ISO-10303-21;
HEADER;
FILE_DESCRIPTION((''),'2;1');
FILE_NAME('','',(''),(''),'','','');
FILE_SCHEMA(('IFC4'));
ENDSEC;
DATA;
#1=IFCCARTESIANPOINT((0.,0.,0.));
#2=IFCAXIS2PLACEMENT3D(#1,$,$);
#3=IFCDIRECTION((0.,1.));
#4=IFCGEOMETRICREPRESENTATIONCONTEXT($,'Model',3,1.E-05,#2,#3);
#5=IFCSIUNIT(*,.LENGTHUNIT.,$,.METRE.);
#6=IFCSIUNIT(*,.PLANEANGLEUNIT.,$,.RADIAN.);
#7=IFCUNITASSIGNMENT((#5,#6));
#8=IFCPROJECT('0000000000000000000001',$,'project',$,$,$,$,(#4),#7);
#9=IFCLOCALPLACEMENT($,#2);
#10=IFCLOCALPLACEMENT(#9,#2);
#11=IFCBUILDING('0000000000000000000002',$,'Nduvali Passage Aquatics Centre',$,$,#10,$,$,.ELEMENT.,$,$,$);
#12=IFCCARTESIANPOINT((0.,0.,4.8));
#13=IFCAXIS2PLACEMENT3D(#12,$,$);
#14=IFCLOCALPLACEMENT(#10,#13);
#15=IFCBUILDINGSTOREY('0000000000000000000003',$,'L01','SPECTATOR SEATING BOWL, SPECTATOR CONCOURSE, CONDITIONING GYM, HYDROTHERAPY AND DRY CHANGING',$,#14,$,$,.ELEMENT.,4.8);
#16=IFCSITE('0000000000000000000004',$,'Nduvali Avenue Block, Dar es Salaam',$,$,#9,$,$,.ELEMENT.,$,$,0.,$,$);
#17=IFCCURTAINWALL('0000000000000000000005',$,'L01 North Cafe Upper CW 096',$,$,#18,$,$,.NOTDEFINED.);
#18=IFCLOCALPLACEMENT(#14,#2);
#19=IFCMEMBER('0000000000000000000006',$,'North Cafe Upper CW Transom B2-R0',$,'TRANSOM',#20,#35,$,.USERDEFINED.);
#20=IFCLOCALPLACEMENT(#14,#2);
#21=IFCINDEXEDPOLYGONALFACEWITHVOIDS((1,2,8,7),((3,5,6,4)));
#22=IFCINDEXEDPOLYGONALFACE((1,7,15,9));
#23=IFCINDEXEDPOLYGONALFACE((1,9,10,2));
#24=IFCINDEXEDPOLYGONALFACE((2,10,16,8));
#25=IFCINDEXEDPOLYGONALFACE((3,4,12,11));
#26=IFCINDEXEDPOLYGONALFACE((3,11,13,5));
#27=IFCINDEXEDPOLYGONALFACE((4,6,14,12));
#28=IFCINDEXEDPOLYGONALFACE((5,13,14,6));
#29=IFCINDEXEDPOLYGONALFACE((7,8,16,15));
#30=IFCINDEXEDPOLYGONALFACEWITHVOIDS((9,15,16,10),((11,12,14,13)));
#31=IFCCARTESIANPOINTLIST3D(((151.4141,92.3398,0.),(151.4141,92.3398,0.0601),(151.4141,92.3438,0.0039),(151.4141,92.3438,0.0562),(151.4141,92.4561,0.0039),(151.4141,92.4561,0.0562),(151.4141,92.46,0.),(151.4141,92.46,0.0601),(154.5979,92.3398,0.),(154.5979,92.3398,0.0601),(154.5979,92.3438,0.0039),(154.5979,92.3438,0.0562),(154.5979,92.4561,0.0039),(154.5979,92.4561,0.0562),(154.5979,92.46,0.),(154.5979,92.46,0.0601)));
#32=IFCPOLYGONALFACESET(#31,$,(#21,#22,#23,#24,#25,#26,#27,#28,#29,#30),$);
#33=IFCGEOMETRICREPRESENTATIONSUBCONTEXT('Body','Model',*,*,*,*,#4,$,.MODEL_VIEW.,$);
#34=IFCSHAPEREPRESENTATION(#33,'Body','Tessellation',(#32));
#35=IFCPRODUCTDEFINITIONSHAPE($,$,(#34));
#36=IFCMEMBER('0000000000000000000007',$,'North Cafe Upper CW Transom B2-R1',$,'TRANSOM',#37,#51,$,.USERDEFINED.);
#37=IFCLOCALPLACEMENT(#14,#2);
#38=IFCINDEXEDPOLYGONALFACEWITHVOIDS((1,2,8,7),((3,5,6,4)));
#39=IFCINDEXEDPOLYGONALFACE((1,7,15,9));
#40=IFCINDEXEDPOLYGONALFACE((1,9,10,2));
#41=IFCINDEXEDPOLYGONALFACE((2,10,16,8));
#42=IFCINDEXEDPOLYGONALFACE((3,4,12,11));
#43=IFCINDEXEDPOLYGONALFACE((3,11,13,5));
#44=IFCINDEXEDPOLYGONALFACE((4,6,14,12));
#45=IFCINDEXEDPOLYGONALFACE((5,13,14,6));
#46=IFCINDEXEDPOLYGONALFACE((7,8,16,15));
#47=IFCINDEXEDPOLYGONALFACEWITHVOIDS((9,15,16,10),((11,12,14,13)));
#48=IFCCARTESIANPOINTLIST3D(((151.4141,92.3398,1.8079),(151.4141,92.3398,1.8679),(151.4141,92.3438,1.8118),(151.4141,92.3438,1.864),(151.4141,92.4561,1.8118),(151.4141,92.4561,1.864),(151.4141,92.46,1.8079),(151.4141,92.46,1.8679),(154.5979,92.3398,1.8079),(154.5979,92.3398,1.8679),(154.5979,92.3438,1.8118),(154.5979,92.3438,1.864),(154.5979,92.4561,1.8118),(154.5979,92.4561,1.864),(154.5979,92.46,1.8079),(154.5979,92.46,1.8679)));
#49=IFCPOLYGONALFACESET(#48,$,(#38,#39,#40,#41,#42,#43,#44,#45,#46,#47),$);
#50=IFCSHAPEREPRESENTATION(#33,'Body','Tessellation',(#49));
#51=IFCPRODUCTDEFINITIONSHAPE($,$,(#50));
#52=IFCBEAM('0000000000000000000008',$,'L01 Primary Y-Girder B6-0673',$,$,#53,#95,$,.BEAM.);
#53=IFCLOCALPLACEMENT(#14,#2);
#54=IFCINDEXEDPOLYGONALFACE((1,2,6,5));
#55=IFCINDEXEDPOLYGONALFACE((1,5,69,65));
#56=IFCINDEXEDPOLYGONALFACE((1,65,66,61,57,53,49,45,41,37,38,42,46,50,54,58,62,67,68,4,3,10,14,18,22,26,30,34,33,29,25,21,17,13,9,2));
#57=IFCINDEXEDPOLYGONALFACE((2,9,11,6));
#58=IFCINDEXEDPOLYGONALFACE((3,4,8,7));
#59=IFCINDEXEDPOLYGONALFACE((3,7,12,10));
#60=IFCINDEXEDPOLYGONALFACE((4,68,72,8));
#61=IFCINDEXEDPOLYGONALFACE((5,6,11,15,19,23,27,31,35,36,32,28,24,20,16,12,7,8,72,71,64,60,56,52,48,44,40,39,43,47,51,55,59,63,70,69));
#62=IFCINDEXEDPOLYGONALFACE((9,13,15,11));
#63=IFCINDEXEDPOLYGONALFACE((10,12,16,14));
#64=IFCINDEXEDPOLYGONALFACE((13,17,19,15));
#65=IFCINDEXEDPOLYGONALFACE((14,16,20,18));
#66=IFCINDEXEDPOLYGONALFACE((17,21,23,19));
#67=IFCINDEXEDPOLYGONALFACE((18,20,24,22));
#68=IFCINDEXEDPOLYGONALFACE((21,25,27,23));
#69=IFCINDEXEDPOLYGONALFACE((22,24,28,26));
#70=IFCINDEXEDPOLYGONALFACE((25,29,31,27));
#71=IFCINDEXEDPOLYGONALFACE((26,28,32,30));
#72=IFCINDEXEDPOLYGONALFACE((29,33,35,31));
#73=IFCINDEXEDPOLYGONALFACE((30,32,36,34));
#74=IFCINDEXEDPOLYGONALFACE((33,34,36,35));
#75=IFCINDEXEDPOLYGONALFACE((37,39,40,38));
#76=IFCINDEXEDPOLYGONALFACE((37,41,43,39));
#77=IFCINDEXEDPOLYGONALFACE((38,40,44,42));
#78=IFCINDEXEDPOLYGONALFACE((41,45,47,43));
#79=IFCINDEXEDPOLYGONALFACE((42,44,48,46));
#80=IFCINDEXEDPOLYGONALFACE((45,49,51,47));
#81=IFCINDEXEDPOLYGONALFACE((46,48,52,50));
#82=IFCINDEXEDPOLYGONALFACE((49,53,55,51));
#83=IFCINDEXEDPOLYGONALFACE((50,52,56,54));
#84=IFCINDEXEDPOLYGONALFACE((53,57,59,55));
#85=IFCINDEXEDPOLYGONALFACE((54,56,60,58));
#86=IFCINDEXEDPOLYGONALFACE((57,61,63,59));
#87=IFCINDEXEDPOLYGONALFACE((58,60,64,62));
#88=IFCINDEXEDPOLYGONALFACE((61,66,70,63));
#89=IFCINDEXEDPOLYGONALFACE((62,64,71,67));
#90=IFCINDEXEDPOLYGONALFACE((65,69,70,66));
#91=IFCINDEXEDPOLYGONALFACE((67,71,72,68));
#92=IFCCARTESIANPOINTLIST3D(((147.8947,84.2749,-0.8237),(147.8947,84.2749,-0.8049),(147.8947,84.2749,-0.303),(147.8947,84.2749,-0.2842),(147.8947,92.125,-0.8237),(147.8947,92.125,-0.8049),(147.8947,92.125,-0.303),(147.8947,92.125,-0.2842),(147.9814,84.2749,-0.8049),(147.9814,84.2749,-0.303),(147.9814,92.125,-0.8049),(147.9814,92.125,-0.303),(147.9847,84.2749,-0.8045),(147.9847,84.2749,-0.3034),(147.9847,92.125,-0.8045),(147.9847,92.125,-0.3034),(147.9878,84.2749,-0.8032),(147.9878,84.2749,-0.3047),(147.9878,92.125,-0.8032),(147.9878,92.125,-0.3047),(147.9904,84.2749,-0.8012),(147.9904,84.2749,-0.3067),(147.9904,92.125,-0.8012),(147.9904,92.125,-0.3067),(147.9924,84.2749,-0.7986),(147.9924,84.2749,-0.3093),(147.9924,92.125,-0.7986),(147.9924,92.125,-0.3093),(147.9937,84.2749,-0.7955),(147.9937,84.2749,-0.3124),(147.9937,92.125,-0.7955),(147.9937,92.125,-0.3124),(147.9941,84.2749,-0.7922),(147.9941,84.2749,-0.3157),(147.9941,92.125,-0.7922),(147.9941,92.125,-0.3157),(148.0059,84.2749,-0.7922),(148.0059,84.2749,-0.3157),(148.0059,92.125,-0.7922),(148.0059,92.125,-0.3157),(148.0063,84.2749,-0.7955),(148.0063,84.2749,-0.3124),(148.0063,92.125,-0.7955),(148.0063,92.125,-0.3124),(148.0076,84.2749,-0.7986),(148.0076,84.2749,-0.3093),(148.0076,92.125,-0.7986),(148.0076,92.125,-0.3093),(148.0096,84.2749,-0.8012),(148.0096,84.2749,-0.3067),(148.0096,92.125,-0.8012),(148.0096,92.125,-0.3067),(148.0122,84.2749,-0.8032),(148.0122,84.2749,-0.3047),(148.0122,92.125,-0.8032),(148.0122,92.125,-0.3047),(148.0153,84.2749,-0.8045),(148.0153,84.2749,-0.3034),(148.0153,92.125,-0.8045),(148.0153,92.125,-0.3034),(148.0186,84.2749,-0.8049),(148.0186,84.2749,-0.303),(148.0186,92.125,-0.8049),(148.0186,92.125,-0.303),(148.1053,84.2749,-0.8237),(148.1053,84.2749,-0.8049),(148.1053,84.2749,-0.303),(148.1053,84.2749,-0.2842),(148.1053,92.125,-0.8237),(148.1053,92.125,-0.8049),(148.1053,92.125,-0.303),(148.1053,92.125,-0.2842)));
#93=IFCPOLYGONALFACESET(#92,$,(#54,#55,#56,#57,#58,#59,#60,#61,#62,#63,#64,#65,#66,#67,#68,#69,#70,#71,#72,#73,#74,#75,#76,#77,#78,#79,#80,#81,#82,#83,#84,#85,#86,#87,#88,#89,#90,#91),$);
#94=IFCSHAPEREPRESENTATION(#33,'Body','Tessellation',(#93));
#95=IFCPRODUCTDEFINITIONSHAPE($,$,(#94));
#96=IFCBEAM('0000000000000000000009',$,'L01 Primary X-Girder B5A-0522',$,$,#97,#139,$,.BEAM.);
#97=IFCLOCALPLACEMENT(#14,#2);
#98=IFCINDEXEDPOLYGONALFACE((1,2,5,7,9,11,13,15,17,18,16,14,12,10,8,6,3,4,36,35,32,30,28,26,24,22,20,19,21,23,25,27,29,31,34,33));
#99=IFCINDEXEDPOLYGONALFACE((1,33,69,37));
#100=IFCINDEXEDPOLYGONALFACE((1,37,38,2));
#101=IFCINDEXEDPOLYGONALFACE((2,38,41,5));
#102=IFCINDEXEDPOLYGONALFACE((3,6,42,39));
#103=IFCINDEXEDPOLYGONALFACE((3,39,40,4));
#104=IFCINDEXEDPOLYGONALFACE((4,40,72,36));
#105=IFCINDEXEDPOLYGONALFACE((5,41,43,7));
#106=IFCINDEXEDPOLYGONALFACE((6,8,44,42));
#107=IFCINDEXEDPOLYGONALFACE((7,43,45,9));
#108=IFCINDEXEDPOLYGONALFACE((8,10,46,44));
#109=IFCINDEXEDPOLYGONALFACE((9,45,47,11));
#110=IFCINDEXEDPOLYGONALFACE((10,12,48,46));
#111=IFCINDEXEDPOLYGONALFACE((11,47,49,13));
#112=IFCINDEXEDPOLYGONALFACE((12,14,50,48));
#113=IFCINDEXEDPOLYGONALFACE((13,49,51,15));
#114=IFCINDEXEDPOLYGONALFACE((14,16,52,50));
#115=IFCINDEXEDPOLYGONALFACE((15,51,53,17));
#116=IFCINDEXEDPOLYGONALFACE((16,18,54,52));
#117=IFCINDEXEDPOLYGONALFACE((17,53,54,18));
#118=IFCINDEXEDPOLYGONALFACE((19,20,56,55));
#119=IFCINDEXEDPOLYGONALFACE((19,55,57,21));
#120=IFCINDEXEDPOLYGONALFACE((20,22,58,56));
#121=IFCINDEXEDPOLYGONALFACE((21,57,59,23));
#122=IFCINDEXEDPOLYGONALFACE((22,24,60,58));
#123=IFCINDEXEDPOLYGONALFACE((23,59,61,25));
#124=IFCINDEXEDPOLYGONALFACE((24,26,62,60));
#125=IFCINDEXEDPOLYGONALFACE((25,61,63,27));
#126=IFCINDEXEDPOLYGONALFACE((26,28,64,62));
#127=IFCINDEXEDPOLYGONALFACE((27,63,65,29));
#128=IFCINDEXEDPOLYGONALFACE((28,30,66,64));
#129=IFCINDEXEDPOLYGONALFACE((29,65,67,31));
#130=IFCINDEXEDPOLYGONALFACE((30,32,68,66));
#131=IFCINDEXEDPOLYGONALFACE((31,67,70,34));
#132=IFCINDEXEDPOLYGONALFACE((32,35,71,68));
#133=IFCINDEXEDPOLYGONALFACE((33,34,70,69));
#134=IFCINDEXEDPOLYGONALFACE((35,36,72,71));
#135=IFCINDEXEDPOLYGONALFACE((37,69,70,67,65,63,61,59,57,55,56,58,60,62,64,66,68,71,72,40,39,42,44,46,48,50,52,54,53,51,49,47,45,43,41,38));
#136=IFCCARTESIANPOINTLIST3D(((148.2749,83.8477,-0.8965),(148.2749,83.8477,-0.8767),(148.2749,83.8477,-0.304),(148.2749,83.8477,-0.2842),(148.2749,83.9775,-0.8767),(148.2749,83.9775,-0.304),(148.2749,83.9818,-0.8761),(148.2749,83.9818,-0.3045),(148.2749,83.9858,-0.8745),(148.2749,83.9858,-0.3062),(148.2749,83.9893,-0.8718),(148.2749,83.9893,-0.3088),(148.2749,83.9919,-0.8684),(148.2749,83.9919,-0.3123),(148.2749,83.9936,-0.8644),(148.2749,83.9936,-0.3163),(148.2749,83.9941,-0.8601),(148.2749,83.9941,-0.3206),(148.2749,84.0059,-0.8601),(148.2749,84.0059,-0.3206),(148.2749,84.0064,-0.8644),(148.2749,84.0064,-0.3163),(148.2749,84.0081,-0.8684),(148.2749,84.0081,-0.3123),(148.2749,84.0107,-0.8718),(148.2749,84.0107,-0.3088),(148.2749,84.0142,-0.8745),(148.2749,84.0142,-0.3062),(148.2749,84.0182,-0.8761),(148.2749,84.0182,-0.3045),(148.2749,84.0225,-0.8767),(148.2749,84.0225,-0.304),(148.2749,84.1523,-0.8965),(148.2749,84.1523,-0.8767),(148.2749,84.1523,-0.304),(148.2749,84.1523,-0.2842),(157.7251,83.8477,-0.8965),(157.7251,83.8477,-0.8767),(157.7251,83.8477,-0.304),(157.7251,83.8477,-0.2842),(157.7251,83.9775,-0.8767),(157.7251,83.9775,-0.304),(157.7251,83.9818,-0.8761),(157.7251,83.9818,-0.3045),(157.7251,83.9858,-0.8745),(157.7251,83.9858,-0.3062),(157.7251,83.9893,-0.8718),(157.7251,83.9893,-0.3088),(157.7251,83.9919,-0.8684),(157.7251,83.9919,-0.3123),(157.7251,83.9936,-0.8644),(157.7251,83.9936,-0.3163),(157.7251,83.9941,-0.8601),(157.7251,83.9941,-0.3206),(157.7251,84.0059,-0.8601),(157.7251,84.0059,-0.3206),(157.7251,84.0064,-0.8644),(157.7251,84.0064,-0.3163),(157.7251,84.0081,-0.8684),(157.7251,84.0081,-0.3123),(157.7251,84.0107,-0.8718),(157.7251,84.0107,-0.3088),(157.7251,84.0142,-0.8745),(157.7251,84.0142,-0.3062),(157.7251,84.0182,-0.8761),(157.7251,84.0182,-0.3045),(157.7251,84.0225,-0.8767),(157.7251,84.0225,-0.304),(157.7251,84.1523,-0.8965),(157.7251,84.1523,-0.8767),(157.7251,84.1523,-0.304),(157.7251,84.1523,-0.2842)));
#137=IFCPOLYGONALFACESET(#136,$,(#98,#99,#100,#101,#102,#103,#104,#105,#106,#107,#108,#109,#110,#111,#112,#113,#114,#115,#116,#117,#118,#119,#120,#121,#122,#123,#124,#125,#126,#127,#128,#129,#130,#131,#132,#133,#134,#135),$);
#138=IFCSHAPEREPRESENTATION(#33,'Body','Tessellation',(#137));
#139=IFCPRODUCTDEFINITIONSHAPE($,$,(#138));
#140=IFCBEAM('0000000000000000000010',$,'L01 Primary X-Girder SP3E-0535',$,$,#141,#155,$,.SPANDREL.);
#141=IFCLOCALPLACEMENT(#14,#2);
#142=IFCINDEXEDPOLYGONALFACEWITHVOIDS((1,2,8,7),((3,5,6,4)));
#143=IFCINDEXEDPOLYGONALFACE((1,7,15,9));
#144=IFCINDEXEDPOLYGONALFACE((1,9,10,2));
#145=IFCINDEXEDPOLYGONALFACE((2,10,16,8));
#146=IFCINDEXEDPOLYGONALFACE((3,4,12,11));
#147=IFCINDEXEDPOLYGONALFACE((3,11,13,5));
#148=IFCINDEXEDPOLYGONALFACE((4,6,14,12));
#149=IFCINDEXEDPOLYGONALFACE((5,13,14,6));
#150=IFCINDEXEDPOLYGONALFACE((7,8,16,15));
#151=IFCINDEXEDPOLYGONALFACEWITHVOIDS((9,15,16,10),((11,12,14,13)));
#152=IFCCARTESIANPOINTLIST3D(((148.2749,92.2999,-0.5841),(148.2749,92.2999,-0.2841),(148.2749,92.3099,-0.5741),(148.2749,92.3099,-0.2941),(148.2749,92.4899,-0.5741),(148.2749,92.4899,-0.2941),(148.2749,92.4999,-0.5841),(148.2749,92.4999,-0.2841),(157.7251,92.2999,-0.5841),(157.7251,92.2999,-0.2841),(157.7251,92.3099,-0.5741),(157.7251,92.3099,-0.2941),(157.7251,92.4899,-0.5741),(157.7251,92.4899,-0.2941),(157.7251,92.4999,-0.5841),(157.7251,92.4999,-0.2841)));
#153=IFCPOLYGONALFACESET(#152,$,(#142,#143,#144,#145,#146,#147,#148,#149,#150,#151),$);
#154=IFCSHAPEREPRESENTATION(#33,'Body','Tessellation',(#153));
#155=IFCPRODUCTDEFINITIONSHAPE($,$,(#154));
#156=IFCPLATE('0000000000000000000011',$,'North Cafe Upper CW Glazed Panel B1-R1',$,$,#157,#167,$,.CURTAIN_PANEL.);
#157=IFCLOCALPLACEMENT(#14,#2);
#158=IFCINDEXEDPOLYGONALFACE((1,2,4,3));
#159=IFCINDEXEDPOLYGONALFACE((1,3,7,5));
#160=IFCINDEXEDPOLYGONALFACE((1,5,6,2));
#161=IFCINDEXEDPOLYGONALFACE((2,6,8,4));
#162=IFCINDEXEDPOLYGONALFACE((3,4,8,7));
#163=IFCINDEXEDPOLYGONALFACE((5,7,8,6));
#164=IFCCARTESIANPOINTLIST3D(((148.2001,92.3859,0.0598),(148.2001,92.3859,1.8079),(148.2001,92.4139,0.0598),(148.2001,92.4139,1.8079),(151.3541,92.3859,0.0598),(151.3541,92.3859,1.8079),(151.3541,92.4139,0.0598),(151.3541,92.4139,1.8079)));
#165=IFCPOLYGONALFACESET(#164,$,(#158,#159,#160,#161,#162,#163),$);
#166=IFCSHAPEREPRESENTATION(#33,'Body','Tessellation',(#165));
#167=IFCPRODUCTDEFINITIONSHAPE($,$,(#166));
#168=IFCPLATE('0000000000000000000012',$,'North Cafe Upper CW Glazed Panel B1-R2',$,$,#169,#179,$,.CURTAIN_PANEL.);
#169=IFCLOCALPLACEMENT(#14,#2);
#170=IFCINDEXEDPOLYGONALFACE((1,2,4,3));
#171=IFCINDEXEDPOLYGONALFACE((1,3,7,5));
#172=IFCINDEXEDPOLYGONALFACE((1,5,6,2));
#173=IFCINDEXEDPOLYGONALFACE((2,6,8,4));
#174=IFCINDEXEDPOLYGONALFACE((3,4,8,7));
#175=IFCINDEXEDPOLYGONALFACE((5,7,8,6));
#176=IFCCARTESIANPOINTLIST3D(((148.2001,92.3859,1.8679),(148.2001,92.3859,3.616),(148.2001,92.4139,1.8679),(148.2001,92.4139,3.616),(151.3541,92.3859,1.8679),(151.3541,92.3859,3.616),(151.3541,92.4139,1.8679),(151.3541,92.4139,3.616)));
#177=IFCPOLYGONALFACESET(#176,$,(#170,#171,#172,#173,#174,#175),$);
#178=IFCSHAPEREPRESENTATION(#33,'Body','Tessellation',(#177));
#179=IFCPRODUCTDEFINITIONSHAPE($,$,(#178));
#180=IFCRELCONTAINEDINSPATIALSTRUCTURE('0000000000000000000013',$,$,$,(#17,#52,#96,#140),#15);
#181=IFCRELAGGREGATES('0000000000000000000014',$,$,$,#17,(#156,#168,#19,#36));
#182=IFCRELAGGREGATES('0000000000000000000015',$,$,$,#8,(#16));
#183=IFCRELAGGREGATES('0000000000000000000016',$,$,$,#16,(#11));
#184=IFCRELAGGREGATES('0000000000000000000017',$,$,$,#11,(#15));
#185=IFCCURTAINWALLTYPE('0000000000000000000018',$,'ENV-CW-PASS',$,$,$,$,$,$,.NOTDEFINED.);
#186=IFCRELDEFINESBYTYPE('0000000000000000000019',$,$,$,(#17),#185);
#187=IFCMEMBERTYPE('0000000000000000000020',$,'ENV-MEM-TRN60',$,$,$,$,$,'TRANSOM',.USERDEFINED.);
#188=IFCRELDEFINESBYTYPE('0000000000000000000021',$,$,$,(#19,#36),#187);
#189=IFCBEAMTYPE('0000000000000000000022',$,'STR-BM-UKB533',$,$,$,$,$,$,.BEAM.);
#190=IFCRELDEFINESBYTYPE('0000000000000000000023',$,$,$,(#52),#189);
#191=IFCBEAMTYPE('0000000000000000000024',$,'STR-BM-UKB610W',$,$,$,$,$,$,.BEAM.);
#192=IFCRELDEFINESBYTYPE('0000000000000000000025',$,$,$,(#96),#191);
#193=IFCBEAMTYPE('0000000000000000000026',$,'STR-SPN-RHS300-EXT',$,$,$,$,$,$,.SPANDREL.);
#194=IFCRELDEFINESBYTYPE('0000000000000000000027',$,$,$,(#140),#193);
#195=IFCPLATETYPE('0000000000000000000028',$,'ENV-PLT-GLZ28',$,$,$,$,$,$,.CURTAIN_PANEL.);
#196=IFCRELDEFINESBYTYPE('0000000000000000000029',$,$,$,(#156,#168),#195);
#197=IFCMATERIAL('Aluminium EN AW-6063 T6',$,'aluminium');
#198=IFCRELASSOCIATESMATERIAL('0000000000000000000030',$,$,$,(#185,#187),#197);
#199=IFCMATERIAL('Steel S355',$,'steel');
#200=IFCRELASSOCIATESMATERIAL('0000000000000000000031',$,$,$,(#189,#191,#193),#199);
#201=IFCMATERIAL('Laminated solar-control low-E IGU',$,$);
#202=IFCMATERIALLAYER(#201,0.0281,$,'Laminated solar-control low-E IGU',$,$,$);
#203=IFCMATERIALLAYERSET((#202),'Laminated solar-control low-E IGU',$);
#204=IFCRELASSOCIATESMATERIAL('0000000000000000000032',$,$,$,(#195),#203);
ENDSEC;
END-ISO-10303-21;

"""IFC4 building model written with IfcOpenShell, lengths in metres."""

from ifc_helpers import new_model, si_unit, direction, frame, origin, origin_2d, place, context, subcontext, project, spatial, rectangle, hollow_rectangle, i_section, extrude, material, layer, layer_set, material_profile, profile_set, type_object, element, aggregate, save


model = new_model("IFC4")

# Units and contexts
model_context = context("Model", 3, precision=1e-05, world=origin(), true_north=direction((0.0, 1.0)))
body_context = subcontext(model_context, "Body", "Model", "MODEL_VIEW")
ifc_project = project(units=[si_unit("LENGTHUNIT", "METRE"), si_unit("PLANEANGLEUNIT", "RADIAN")], contexts=[model_context])

# Site, building, storey
site_placement = place(None, origin())
site = spatial("IfcSite", under=ifc_project, at=site_placement, Name="Nduvali Avenue Block, Dar es Salaam", CompositionType="ELEMENT", RefElevation=0.0)
building_placement = place(site_placement, origin())
building = spatial("IfcBuilding", under=site, at=building_placement, Name="Nduvali Passage Aquatics Centre", CompositionType="ELEMENT")
storey_placement = place(building_placement, frame((0.0, 0.0, 4.8)))
storey = spatial("IfcBuildingStorey", under=building, at=storey_placement, Name="L01", Description="SPECTATOR SEATING BOWL, SPECTATOR CONCOURSE, CONDITIONING GYM, HYDROTHERAPY AND DRY CHANGING", CompositionType="ELEMENT", Elevation=4.8)

# Shared definitions
ifc_material_1 = material(Name="Steel S355", Category="steel")

# Curtain wall, members
ifc_material_2 = material(Name="Aluminium EN AW-6063 T6", Category="aluminium")
curtain_wall_type = type_object("IfcCurtainWallType", Name="ENV-CW-PASS", PredefinedType="NOTDEFINED", material=ifc_material_2)
curtain_wall_placement = place(storey_placement, origin())
curtain_wall = element("IfcCurtainWall", 1, at=curtain_wall_placement, inside=storey, type_object=curtain_wall_type, Name="L01 North Cafe Upper CW 096", PredefinedType="NOTDEFINED")
ifc_material_profile_1 = material_profile(ifc_material_2, hollow_rectangle(XDim=0.1201, YDim=0.0601, WallThickness=0.0039, at=origin_2d()), Name="ALU TRANSOM 120x60x4")
ifc_profile_set_1 = profile_set([ifc_material_profile_1], Name="Aluminium EN AW-6063 T6")
member_type_1 = type_object("IfcMemberType", Name="ENV-MEM-TRN60", ElementType="TRANSOM", PredefinedType="USERDEFINED", material=ifc_profile_set_1)
member_1_placement = place(storey_placement, frame((151.4141, 92.3999, 0.03), z_axis=(1.0, 0.0, 0.0), x_axis=(0.0, 1.0, 0.0)))
member_1 = element("IfcMember", 2, at=member_1_placement, type_object=member_type_1, Name="North Cafe Upper CW Transom B2-R0", ObjectType="TRANSOM", PredefinedType="USERDEFINED", context=body_context, shape_type="SweptSolid", body=[
    extrude(hollow_rectangle(XDim=0.1201, YDim=0.0601, WallThickness=0.0039, at=origin_2d()), origin(), (0.0, 0.0, 1.0), 3.1838),
])
member_2_placement = place(storey_placement, frame((151.4141, 92.3999, 1.8379), z_axis=(1.0, 0.0, 0.0), x_axis=(0.0, 1.0, 0.0)))
member_2 = element("IfcMember", 3, at=member_2_placement, type_object=member_type_1, Name="North Cafe Upper CW Transom B2-R1", ObjectType="TRANSOM", PredefinedType="USERDEFINED", context=body_context, shape_type="SweptSolid", body=[
    extrude(hollow_rectangle(XDim=0.1201, YDim=0.0601, WallThickness=0.0039, at=origin_2d()), origin(), (0.0, 0.0, 1.0), 3.1838),
])

# Beams
ifc_material_profile_2 = material_profile(ifc_material_1, i_section(OverallWidth=0.2107, OverallDepth=0.5396, WebThickness=0.0117, FlangeThickness=0.0188, FilletRadius=0.0127, at=origin_2d()), Name="UKB 533x210x109")
ifc_profile_set_2 = profile_set([ifc_material_profile_2], Name="Steel S355")
beam_type_1 = type_object("IfcBeamType", Name="STR-BM-UKB533", PredefinedType="BEAM", material=ifc_profile_set_2)
beam_1_placement = place(storey_placement, frame((148.0, 84.2749, -0.554), z_axis=(0.0, 1.0, 0.0), x_axis=(-1.0, 0.0, 0.0)))
element("IfcBeam", 4, at=beam_1_placement, inside=storey, type_object=beam_type_1, Name="L01 Primary Y-Girder B6-0673", PredefinedType="BEAM", context=body_context, shape_type="SweptSolid", body=[
    extrude(i_section(OverallWidth=0.2107, OverallDepth=0.5396, WebThickness=0.0117, FlangeThickness=0.0188, FilletRadius=0.0127, at=origin_2d()), origin(), (0.0, 0.0, 1.0), 7.8501),
])
ifc_material_profile_3 = material_profile(ifc_material_1, i_section(OverallWidth=0.3047, OverallDepth=0.6123, WebThickness=0.0117, FlangeThickness=0.0198, FilletRadius=0.0166, at=origin_2d()), Name="UKB 610x305x149")
ifc_profile_set_3 = profile_set([ifc_material_profile_3], Name="Steel S355")
beam_type_2 = type_object("IfcBeamType", Name="STR-BM-UKB610W", PredefinedType="BEAM", material=ifc_profile_set_3)
beam_2_placement = place(storey_placement, frame((148.2749, 84.0, -0.5903), z_axis=(1.0, 0.0, 0.0), x_axis=(0.0, 1.0, 0.0)))
element("IfcBeam", 5, at=beam_2_placement, inside=storey, type_object=beam_type_2, Name="L01 Primary X-Girder B5A-0522", PredefinedType="BEAM", context=body_context, shape_type="SweptSolid", body=[
    extrude(i_section(OverallWidth=0.3047, OverallDepth=0.6123, WebThickness=0.0117, FlangeThickness=0.0198, FilletRadius=0.0166, at=origin_2d()), origin(), (0.0, 0.0, 1.0), 9.4502),
])
ifc_material_profile_4 = material_profile(ifc_material_1, hollow_rectangle(XDim=0.2, YDim=0.3, WallThickness=0.01, at=origin_2d()), Name="RHS 300x200x10.0")
ifc_profile_set_4 = profile_set([ifc_material_profile_4], Name="Steel S355")
beam_type_3 = type_object("IfcBeamType", Name="STR-SPN-RHS300-EXT", PredefinedType="SPANDREL", material=ifc_profile_set_4)
beam_3_placement = place(storey_placement, frame((148.2749, 92.3999, -0.4341), z_axis=(1.0, 0.0, 0.0), x_axis=(0.0, 1.0, 0.0)))
element("IfcBeam", 6, at=beam_3_placement, inside=storey, type_object=beam_type_3, Name="L01 Primary X-Girder SP3E-0535", PredefinedType="SPANDREL", context=body_context, shape_type="SweptSolid", body=[
    extrude(hollow_rectangle(XDim=0.2, YDim=0.3, WallThickness=0.01, at=origin_2d()), origin(), (0.0, 0.0, 1.0), 9.4502),
])

# Plates
ifc_material_3 = material(Name="Laminated solar-control low-E IGU")
ifc_layer_1 = layer(ifc_material_3, 0.0281, Name="Laminated solar-control low-E IGU")
ifc_layer_set_1 = layer_set([ifc_layer_1], Name="Laminated solar-control low-E IGU")
plate_type = type_object("IfcPlateType", Name="ENV-PLT-GLZ28", PredefinedType="CURTAIN_PANEL", material=ifc_layer_set_1)
plate_1_placement = place(storey_placement, frame((149.7771, 92.3999, 0.0598), z_axis=(0.0, 0.0, 1.0), x_axis=(1.0, 0.0, 0.0)))
plate_1 = element("IfcPlate", 7, at=plate_1_placement, type_object=plate_type, Name="North Cafe Upper CW Glazed Panel B1-R1", PredefinedType="CURTAIN_PANEL", context=body_context, shape_type="SweptSolid", body=[
    extrude(rectangle(XDim=3.1541, YDim=0.0281, at=origin_2d()), origin(), (0.0, 0.0, 1.0), 1.748),
])
plate_2_placement = place(storey_placement, frame((149.7771, 92.3999, 1.8679), z_axis=(0.0, 0.0, 1.0), x_axis=(1.0, 0.0, 0.0)))
plate_2 = element("IfcPlate", 8, at=plate_2_placement, type_object=plate_type, Name="North Cafe Upper CW Glazed Panel B1-R2", PredefinedType="CURTAIN_PANEL", context=body_context, shape_type="SweptSolid", body=[
    extrude(rectangle(XDim=3.1541, YDim=0.0281, at=origin_2d()), origin(), (0.0, 0.0, 1.0), 1.748),
])
aggregate(curtain_wall, [plate_1, plate_2, member_1, member_2])

save(model, "model.ifc")
